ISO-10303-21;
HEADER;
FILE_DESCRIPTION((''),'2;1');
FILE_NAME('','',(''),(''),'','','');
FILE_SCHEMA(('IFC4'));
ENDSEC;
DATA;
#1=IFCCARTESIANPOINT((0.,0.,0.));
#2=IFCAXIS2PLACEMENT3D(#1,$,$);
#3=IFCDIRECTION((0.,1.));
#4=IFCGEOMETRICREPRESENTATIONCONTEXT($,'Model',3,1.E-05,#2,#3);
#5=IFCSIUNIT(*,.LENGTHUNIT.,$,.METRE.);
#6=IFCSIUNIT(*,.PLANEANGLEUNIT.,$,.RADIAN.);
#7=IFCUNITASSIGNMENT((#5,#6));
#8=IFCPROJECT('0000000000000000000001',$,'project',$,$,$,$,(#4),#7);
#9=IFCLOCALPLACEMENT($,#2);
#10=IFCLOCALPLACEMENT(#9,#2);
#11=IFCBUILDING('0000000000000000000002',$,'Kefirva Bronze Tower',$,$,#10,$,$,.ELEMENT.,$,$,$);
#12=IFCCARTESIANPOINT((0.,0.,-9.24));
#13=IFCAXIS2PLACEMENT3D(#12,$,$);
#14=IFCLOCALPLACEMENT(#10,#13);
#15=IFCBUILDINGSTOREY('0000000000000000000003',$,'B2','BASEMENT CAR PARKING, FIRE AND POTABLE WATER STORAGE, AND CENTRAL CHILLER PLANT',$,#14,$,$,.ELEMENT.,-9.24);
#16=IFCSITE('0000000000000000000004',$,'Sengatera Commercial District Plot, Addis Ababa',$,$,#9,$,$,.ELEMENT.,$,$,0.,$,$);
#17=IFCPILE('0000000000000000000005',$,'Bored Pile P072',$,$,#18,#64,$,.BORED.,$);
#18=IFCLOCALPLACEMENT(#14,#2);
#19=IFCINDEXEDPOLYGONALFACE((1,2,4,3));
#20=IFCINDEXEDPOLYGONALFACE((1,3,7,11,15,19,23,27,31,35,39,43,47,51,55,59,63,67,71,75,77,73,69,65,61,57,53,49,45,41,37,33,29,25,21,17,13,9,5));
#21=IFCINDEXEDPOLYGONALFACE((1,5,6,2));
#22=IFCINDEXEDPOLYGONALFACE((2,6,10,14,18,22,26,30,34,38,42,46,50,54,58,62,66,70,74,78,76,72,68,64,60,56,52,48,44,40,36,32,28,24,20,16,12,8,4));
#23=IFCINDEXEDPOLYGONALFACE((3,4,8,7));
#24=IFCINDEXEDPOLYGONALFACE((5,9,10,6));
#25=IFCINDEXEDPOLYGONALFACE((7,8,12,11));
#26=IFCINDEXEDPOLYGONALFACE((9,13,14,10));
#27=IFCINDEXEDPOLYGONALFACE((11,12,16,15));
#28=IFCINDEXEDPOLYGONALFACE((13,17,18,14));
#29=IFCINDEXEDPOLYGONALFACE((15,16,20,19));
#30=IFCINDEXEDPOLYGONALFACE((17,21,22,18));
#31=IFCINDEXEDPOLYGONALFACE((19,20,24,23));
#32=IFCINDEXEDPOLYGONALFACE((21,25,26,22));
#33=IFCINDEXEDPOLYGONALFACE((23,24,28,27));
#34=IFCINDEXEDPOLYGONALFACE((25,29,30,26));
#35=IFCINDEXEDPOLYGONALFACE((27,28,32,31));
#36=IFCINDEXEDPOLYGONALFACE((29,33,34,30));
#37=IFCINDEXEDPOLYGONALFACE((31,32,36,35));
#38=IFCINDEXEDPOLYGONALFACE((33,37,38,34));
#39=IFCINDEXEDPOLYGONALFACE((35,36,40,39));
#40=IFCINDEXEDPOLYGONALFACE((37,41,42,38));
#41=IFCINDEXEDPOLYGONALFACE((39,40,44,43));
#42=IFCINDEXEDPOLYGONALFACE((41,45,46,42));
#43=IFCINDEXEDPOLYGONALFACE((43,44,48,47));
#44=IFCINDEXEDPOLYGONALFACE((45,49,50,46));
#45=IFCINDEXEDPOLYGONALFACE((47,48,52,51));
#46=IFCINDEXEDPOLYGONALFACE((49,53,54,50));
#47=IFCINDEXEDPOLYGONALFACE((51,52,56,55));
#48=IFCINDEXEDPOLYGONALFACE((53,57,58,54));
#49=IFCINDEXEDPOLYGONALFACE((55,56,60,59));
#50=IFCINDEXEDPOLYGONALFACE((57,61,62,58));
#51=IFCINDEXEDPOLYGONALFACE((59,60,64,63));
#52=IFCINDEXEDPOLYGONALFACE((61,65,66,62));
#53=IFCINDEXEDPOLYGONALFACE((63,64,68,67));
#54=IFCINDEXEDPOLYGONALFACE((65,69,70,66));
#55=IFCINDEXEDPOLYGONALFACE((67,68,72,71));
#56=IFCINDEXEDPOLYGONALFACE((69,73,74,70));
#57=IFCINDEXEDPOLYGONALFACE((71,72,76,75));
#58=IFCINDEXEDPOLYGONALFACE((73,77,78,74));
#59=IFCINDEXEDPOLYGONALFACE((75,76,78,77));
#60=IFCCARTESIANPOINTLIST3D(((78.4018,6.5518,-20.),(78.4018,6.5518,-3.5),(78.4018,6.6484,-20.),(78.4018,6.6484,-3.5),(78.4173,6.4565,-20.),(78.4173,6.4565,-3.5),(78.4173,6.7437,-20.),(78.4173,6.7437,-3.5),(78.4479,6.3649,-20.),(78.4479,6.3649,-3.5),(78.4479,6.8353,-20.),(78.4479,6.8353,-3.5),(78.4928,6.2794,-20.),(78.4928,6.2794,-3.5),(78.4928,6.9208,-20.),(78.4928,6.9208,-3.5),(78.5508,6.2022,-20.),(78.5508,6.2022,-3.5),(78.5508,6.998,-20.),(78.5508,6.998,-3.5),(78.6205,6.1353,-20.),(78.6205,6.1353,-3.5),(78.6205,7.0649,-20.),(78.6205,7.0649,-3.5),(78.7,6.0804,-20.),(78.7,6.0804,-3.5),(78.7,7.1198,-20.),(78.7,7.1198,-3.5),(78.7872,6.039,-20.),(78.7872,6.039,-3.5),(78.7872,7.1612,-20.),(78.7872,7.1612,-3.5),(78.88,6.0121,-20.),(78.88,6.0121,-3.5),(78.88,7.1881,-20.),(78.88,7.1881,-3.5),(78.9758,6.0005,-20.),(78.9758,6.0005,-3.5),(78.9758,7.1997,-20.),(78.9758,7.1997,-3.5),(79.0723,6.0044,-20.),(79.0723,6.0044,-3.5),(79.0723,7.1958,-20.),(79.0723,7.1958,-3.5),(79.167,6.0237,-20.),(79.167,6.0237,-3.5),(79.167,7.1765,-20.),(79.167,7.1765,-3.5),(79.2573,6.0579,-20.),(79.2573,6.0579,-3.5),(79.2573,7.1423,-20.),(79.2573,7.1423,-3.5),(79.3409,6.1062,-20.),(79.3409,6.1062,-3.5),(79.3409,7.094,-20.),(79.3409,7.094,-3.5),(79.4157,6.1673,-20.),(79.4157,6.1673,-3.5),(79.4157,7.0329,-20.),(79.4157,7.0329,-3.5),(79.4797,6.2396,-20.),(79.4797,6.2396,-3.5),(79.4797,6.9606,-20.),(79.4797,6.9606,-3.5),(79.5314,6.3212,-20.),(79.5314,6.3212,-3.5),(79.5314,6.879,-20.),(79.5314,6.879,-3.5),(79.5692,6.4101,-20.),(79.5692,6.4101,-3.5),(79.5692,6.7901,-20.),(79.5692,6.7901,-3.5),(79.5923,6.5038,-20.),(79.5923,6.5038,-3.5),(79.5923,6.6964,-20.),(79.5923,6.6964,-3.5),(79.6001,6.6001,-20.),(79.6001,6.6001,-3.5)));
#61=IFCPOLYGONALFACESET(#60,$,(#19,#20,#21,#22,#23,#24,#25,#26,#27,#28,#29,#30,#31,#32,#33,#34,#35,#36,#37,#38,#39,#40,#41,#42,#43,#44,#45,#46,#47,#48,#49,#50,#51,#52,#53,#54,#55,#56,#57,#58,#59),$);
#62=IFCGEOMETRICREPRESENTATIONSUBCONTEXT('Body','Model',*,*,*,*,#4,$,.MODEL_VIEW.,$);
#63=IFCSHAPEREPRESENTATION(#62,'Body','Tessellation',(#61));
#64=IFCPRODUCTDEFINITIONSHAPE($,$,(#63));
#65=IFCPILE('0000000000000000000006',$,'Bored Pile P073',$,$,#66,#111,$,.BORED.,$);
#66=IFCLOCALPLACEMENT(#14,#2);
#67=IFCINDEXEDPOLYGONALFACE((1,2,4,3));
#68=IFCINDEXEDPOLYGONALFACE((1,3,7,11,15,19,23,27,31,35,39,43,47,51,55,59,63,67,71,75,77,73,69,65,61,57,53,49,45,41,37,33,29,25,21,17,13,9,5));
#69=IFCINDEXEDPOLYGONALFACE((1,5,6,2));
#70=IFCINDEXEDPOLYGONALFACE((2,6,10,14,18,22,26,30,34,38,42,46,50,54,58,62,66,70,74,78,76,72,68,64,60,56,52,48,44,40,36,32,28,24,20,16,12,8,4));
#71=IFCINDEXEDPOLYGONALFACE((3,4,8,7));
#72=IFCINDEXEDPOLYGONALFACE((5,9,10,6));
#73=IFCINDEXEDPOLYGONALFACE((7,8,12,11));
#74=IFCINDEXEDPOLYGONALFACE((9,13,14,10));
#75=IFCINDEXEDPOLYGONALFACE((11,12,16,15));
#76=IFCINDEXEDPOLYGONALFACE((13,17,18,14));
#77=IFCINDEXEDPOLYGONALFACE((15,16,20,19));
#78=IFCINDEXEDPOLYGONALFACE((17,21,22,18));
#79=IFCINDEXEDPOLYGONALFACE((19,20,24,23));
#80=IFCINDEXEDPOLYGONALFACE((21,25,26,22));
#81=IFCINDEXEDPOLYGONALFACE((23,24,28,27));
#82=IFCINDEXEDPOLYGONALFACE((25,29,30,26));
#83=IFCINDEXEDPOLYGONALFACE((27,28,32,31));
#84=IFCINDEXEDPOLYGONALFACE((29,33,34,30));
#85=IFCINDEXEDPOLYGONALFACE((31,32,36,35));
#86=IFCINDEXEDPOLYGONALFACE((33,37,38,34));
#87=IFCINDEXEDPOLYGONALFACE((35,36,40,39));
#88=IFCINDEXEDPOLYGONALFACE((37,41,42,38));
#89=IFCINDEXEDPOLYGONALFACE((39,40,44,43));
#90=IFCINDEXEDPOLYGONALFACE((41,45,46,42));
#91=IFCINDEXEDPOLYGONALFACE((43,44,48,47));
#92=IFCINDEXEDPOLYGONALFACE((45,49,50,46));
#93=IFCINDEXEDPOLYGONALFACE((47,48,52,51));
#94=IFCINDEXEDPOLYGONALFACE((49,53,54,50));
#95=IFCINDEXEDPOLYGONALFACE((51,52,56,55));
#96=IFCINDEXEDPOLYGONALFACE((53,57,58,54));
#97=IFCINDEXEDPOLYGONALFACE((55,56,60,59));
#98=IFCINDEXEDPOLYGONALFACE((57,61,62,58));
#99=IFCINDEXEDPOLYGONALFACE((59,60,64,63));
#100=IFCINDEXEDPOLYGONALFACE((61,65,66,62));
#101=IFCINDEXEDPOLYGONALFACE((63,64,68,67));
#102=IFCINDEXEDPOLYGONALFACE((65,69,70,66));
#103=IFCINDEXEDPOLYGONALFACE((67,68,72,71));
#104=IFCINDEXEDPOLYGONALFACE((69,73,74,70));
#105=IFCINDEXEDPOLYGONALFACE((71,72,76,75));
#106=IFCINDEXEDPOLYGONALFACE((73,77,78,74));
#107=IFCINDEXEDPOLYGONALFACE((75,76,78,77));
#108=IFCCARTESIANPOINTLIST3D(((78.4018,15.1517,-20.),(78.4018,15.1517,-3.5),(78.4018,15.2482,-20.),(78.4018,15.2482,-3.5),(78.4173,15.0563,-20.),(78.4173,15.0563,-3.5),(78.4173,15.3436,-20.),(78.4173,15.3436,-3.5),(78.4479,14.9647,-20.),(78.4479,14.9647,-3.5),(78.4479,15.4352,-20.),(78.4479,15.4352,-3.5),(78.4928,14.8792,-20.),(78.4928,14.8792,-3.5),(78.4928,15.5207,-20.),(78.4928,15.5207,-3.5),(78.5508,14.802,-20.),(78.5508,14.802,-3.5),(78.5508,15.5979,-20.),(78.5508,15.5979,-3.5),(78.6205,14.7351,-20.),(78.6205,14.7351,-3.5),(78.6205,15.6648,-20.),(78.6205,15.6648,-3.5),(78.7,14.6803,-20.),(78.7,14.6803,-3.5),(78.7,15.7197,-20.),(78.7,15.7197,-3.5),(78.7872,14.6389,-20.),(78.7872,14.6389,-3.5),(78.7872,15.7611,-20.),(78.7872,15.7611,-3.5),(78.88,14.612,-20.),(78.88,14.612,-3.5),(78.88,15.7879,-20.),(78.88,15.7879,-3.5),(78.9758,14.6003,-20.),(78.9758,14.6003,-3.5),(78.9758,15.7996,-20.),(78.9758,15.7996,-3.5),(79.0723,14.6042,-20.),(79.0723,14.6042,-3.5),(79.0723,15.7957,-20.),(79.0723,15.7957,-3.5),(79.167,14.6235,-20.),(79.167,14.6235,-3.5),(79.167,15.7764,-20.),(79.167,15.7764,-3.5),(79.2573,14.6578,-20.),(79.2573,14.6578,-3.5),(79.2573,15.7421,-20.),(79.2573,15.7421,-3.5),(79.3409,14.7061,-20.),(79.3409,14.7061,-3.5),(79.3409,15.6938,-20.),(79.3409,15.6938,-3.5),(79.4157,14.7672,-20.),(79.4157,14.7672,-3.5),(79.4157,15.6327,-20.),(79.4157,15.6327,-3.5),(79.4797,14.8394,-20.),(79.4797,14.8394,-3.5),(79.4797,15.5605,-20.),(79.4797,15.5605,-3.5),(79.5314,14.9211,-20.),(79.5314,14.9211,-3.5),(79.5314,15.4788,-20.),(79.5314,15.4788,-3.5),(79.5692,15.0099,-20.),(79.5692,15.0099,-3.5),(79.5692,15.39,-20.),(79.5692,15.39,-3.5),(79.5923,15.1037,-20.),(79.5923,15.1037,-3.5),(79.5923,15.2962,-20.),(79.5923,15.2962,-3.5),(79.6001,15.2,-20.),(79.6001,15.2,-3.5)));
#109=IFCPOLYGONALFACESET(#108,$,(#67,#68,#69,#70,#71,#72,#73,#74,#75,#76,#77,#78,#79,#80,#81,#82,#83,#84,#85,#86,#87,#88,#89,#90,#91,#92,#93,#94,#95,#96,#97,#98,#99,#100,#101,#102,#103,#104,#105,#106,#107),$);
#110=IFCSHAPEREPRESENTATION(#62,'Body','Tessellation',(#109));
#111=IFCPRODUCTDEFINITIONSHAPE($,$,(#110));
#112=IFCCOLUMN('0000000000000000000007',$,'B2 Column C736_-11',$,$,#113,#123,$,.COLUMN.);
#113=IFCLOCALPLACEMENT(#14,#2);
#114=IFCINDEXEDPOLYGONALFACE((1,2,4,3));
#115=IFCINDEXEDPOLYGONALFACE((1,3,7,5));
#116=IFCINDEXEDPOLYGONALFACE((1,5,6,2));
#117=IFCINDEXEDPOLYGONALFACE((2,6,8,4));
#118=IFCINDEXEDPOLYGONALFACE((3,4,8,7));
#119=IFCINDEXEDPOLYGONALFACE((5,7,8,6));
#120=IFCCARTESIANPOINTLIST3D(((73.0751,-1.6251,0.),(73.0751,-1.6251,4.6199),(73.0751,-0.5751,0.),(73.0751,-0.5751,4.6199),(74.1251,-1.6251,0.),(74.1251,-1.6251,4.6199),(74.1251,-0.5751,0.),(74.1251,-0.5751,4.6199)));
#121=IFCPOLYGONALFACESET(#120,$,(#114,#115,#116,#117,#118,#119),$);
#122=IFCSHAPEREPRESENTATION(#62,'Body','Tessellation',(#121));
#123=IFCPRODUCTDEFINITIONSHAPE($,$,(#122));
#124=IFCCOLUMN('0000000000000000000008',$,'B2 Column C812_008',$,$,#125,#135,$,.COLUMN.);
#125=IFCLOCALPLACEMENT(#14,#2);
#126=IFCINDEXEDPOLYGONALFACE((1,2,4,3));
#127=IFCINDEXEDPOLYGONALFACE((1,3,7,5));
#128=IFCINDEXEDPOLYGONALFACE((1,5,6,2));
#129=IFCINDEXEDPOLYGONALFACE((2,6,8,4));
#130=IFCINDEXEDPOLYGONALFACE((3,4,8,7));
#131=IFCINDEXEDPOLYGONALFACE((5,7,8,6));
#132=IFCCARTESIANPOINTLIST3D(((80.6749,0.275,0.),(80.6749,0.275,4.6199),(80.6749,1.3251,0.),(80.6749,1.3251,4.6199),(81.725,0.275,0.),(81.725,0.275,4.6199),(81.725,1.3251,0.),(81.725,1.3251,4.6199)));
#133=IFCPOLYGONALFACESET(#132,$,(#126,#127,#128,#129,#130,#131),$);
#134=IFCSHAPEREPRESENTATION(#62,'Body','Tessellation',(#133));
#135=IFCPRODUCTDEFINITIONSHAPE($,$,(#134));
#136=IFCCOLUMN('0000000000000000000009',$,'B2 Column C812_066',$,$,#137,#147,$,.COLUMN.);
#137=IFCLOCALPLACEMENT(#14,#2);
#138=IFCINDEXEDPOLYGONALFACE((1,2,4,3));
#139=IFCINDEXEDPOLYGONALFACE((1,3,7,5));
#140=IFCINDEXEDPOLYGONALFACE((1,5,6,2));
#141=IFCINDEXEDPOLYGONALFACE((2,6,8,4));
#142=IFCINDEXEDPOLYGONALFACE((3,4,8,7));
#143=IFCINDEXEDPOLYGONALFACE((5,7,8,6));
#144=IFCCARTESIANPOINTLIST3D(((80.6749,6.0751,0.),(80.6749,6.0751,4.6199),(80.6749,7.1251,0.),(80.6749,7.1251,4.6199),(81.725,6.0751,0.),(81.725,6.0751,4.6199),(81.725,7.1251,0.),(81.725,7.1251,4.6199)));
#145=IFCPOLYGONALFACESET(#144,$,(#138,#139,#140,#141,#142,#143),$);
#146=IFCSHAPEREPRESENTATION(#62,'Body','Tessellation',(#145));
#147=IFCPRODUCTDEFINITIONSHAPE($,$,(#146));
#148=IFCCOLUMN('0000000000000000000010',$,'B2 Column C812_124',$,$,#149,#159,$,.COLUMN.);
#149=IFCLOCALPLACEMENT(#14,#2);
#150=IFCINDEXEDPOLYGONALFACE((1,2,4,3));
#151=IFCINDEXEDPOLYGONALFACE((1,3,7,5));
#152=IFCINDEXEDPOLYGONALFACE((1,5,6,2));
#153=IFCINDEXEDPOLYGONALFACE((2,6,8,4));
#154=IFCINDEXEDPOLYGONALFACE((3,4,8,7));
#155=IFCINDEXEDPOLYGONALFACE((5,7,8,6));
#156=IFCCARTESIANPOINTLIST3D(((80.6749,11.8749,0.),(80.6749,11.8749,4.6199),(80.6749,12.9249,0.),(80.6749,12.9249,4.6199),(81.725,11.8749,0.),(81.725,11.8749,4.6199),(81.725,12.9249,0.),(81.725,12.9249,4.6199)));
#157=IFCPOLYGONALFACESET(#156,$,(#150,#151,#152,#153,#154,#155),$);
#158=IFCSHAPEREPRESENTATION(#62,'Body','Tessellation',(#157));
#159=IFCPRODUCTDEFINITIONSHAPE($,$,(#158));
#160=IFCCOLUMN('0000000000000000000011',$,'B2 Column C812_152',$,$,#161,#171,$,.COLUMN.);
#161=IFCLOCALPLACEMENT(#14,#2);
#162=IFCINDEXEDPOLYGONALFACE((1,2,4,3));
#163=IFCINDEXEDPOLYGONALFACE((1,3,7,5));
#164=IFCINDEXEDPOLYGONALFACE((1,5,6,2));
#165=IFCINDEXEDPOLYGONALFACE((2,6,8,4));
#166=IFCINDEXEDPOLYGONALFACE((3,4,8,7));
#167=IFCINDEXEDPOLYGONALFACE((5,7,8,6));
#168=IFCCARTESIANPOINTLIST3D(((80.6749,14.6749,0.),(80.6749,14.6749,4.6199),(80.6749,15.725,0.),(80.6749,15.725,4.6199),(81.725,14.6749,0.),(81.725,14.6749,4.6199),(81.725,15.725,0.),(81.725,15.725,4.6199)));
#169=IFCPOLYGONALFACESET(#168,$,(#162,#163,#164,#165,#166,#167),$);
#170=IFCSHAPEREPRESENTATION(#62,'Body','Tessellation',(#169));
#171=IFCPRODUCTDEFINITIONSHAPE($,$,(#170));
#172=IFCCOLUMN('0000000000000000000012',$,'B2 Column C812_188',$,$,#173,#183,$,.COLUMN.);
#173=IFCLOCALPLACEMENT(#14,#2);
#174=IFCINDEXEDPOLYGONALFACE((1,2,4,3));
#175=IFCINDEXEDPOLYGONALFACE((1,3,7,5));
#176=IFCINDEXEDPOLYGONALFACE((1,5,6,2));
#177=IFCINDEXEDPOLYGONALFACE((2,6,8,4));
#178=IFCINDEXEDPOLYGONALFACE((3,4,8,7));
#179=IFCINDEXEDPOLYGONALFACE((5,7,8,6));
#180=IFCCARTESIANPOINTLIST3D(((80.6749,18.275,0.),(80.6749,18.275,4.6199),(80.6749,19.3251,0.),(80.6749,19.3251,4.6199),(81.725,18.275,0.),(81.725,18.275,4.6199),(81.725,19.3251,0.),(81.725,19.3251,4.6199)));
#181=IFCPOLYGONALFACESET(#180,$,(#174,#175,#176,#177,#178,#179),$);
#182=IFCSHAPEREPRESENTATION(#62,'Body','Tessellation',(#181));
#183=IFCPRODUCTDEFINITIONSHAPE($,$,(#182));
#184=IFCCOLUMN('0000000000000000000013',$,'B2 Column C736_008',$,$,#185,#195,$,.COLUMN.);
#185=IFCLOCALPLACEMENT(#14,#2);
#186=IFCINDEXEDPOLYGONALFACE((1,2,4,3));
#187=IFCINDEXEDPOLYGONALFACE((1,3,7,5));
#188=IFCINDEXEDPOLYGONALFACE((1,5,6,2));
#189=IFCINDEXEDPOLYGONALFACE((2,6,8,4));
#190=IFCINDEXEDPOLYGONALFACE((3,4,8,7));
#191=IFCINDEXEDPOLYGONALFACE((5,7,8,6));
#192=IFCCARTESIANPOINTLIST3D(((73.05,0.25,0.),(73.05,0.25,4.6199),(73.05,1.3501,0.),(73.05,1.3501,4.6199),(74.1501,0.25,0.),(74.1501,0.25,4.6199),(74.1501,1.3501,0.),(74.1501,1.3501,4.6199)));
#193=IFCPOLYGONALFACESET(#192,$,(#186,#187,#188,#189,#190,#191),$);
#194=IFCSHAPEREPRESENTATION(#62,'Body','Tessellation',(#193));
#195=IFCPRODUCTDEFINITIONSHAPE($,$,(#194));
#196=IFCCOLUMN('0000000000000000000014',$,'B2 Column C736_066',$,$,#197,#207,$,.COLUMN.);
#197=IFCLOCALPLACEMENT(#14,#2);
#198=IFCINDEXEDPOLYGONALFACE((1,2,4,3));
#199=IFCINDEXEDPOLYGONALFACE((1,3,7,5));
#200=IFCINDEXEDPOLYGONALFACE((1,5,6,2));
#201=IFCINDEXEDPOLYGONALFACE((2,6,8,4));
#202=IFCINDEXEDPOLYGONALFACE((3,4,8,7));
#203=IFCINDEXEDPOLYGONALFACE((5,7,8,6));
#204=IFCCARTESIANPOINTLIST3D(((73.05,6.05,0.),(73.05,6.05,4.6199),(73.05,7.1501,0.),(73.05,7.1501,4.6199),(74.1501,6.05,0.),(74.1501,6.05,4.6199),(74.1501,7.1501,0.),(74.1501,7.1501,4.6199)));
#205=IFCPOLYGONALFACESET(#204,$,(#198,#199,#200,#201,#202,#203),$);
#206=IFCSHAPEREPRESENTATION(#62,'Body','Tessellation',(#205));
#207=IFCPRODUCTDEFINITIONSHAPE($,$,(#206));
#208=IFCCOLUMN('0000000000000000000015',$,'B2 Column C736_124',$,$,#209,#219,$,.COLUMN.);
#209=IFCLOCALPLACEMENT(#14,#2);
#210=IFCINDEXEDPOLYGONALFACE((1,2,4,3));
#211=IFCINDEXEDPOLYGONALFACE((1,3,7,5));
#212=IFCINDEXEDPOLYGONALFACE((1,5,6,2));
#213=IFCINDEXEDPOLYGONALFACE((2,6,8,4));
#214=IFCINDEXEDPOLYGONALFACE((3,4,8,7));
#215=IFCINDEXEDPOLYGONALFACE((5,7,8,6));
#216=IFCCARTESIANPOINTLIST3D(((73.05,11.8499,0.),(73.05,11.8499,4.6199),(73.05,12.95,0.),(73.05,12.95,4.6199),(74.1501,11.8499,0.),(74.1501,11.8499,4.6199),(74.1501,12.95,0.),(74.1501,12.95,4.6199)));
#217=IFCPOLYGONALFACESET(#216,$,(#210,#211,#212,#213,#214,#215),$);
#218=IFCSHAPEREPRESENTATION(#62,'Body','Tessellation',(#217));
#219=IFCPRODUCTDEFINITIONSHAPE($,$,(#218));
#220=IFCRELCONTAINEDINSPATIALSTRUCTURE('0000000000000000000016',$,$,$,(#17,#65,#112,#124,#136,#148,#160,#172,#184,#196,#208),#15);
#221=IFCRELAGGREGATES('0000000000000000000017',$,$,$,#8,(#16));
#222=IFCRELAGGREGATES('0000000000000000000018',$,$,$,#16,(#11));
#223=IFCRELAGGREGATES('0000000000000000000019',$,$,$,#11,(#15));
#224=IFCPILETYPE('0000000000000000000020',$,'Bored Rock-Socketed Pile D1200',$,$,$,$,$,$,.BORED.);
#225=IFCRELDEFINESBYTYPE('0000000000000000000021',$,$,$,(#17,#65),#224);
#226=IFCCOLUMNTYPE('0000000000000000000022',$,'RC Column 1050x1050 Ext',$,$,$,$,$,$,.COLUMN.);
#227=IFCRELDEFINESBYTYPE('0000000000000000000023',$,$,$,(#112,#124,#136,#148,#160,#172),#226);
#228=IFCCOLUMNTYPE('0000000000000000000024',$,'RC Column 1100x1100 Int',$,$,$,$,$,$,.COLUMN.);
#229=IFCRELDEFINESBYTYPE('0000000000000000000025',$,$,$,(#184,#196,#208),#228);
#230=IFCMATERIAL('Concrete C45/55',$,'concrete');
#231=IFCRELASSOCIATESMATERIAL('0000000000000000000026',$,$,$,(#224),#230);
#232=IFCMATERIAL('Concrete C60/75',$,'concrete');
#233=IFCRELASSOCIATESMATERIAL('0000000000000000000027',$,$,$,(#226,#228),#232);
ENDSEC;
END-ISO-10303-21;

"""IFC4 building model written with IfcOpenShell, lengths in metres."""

from ifc_helpers import new_model, si_unit, direction, frame, origin, origin_2d, place, context, subcontext, project, spatial, rectangle, circle, extrude, material, material_profile, profile_set, type_object, element, save


model = new_model("IFC4")

# Units and contexts
model_context = context("Model", 3, precision=1e-05, world=origin(), true_north=direction((0.0, 1.0)))
body_context = subcontext(model_context, "Body", "Model", "MODEL_VIEW")
ifc_project = project(units=[si_unit("LENGTHUNIT", "METRE"), si_unit("PLANEANGLEUNIT", "RADIAN")], contexts=[model_context])

# Site, building, storey
site_placement = place(None, origin())
site = spatial("IfcSite", under=ifc_project, at=site_placement, Name="Sengatera Commercial District Plot, Addis Ababa", CompositionType="ELEMENT", RefElevation=0.0)
building_placement = place(site_placement, origin())
building = spatial("IfcBuilding", under=site, at=building_placement, Name="Kefirva Bronze Tower", CompositionType="ELEMENT")
storey_placement = place(building_placement, frame((0.0, 0.0, -9.24)))
storey = spatial("IfcBuildingStorey", under=building, at=storey_placement, Name="B2", Description="BASEMENT CAR PARKING, FIRE AND POTABLE WATER STORAGE, AND CENTRAL CHILLER PLANT", CompositionType="ELEMENT", Elevation=-9.24)

# Piles
ifc_material_1 = material(Name="Concrete C45/55", Category="concrete")
ifc_material_profile_1 = material_profile(ifc_material_1, circle(Radius=0.6001, at=origin_2d()), Name="BORED PILE D1200")
ifc_profile_set_1 = profile_set([ifc_material_profile_1], Name="Concrete C45/55")
pile_type = type_object("IfcPileType", Name="Bored Rock-Socketed Pile D1200", PredefinedType="BORED", material=ifc_profile_set_1)
for number, where, z_axis, x_axis, name in (
    (1, (79.0, 6.6001, -3.5), (0.0, 0.0, -1.0), (1.0, 0.0, 0.0), "Bored Pile P072"),
    (2, (79.0, 15.2, -3.5), (0.0, 0.0, -1.0), (1.0, 0.0, 0.0), "Bored Pile P073"),
):
    element("IfcPile", number, at=place(storey_placement, frame(where, z_axis=z_axis, x_axis=x_axis)), inside=storey, type_object=pile_type, Name=name, PredefinedType="BORED", context=body_context, shape_type="SweptSolid", body=[
        extrude(circle(Radius=0.6001, at=origin_2d()), origin(), (0.0, 0.0, 1.0), 16.5),
    ])

# Columns
ifc_material_2 = material(Name="Concrete C60/75", Category="concrete")
ifc_material_profile_2 = material_profile(ifc_material_2, rectangle(XDim=1.05, YDim=1.05, at=origin_2d()), Name="RC 1050x1050")
ifc_profile_set_2 = profile_set([ifc_material_profile_2], Name="Concrete C60/75")
column_type_1 = type_object("IfcColumnType", Name="RC Column 1050x1050 Ext", PredefinedType="COLUMN", material=ifc_profile_set_2)
for number, where, z_axis, x_axis, name in (
    (3, (73.6001, -1.1001, 0.0), (0.0, 0.0, 1.0), (1.0, 0.0, 0.0), "B2 Column C736_-11"),
    (4, (81.2, 0.8, 0.0), (0.0, 0.0, 1.0), (1.0, 0.0, 0.0), "B2 Column C812_008"),
    (5, (81.2, 6.6001, 0.0), (0.0, 0.0, 1.0), (1.0, 0.0, 0.0), "B2 Column C812_066"),
    (6, (81.2, 12.3999, 0.0), (0.0, 0.0, 1.0), (1.0, 0.0, 0.0), "B2 Column C812_124"),
    (7, (81.2, 15.2, 0.0), (0.0, 0.0, 1.0), (1.0, 0.0, 0.0), "B2 Column C812_152"),
    (8, (81.2, 18.8, 0.0), (0.0, 0.0, 1.0), (1.0, 0.0, 0.0), "B2 Column C812_188"),
):
    element("IfcColumn", number, at=place(storey_placement, frame(where, z_axis=z_axis, x_axis=x_axis)), inside=storey, type_object=column_type_1, Name=name, PredefinedType="COLUMN", context=body_context, shape_type="SweptSolid", body=[
        extrude(rectangle(XDim=1.05, YDim=1.05, at=origin_2d()), origin(), (0.0, 0.0, 1.0), 4.6199),
    ])
ifc_material_profile_3 = material_profile(ifc_material_2, rectangle(XDim=1.1001, YDim=1.1001, at=origin_2d()), Name="RC 1100x1100")
ifc_profile_set_3 = profile_set([ifc_material_profile_3], Name="Concrete C60/75")
column_type_2 = type_object("IfcColumnType", Name="RC Column 1100x1100 Int", PredefinedType="COLUMN", material=ifc_profile_set_3)
for number, where, z_axis, x_axis, name in (
    (9, (73.6001, 0.8, 0.0), (0.0, 0.0, 1.0), (1.0, 0.0, 0.0), "B2 Column C736_008"),
    (10, (73.6001, 6.6001, 0.0), (0.0, 0.0, 1.0), (1.0, 0.0, 0.0), "B2 Column C736_066"),
    (11, (73.6001, 12.3999, 0.0), (0.0, 0.0, 1.0), (1.0, 0.0, 0.0), "B2 Column C736_124"),
):
    element("IfcColumn", number, at=place(storey_placement, frame(where, z_axis=z_axis, x_axis=x_axis)), inside=storey, type_object=column_type_2, Name=name, PredefinedType="COLUMN", context=body_context, shape_type="SweptSolid", body=[
        extrude(rectangle(XDim=1.1001, YDim=1.1001, at=origin_2d()), origin(), (0.0, 0.0, 1.0), 4.6199),
    ])

save(model, "model.ifc")
